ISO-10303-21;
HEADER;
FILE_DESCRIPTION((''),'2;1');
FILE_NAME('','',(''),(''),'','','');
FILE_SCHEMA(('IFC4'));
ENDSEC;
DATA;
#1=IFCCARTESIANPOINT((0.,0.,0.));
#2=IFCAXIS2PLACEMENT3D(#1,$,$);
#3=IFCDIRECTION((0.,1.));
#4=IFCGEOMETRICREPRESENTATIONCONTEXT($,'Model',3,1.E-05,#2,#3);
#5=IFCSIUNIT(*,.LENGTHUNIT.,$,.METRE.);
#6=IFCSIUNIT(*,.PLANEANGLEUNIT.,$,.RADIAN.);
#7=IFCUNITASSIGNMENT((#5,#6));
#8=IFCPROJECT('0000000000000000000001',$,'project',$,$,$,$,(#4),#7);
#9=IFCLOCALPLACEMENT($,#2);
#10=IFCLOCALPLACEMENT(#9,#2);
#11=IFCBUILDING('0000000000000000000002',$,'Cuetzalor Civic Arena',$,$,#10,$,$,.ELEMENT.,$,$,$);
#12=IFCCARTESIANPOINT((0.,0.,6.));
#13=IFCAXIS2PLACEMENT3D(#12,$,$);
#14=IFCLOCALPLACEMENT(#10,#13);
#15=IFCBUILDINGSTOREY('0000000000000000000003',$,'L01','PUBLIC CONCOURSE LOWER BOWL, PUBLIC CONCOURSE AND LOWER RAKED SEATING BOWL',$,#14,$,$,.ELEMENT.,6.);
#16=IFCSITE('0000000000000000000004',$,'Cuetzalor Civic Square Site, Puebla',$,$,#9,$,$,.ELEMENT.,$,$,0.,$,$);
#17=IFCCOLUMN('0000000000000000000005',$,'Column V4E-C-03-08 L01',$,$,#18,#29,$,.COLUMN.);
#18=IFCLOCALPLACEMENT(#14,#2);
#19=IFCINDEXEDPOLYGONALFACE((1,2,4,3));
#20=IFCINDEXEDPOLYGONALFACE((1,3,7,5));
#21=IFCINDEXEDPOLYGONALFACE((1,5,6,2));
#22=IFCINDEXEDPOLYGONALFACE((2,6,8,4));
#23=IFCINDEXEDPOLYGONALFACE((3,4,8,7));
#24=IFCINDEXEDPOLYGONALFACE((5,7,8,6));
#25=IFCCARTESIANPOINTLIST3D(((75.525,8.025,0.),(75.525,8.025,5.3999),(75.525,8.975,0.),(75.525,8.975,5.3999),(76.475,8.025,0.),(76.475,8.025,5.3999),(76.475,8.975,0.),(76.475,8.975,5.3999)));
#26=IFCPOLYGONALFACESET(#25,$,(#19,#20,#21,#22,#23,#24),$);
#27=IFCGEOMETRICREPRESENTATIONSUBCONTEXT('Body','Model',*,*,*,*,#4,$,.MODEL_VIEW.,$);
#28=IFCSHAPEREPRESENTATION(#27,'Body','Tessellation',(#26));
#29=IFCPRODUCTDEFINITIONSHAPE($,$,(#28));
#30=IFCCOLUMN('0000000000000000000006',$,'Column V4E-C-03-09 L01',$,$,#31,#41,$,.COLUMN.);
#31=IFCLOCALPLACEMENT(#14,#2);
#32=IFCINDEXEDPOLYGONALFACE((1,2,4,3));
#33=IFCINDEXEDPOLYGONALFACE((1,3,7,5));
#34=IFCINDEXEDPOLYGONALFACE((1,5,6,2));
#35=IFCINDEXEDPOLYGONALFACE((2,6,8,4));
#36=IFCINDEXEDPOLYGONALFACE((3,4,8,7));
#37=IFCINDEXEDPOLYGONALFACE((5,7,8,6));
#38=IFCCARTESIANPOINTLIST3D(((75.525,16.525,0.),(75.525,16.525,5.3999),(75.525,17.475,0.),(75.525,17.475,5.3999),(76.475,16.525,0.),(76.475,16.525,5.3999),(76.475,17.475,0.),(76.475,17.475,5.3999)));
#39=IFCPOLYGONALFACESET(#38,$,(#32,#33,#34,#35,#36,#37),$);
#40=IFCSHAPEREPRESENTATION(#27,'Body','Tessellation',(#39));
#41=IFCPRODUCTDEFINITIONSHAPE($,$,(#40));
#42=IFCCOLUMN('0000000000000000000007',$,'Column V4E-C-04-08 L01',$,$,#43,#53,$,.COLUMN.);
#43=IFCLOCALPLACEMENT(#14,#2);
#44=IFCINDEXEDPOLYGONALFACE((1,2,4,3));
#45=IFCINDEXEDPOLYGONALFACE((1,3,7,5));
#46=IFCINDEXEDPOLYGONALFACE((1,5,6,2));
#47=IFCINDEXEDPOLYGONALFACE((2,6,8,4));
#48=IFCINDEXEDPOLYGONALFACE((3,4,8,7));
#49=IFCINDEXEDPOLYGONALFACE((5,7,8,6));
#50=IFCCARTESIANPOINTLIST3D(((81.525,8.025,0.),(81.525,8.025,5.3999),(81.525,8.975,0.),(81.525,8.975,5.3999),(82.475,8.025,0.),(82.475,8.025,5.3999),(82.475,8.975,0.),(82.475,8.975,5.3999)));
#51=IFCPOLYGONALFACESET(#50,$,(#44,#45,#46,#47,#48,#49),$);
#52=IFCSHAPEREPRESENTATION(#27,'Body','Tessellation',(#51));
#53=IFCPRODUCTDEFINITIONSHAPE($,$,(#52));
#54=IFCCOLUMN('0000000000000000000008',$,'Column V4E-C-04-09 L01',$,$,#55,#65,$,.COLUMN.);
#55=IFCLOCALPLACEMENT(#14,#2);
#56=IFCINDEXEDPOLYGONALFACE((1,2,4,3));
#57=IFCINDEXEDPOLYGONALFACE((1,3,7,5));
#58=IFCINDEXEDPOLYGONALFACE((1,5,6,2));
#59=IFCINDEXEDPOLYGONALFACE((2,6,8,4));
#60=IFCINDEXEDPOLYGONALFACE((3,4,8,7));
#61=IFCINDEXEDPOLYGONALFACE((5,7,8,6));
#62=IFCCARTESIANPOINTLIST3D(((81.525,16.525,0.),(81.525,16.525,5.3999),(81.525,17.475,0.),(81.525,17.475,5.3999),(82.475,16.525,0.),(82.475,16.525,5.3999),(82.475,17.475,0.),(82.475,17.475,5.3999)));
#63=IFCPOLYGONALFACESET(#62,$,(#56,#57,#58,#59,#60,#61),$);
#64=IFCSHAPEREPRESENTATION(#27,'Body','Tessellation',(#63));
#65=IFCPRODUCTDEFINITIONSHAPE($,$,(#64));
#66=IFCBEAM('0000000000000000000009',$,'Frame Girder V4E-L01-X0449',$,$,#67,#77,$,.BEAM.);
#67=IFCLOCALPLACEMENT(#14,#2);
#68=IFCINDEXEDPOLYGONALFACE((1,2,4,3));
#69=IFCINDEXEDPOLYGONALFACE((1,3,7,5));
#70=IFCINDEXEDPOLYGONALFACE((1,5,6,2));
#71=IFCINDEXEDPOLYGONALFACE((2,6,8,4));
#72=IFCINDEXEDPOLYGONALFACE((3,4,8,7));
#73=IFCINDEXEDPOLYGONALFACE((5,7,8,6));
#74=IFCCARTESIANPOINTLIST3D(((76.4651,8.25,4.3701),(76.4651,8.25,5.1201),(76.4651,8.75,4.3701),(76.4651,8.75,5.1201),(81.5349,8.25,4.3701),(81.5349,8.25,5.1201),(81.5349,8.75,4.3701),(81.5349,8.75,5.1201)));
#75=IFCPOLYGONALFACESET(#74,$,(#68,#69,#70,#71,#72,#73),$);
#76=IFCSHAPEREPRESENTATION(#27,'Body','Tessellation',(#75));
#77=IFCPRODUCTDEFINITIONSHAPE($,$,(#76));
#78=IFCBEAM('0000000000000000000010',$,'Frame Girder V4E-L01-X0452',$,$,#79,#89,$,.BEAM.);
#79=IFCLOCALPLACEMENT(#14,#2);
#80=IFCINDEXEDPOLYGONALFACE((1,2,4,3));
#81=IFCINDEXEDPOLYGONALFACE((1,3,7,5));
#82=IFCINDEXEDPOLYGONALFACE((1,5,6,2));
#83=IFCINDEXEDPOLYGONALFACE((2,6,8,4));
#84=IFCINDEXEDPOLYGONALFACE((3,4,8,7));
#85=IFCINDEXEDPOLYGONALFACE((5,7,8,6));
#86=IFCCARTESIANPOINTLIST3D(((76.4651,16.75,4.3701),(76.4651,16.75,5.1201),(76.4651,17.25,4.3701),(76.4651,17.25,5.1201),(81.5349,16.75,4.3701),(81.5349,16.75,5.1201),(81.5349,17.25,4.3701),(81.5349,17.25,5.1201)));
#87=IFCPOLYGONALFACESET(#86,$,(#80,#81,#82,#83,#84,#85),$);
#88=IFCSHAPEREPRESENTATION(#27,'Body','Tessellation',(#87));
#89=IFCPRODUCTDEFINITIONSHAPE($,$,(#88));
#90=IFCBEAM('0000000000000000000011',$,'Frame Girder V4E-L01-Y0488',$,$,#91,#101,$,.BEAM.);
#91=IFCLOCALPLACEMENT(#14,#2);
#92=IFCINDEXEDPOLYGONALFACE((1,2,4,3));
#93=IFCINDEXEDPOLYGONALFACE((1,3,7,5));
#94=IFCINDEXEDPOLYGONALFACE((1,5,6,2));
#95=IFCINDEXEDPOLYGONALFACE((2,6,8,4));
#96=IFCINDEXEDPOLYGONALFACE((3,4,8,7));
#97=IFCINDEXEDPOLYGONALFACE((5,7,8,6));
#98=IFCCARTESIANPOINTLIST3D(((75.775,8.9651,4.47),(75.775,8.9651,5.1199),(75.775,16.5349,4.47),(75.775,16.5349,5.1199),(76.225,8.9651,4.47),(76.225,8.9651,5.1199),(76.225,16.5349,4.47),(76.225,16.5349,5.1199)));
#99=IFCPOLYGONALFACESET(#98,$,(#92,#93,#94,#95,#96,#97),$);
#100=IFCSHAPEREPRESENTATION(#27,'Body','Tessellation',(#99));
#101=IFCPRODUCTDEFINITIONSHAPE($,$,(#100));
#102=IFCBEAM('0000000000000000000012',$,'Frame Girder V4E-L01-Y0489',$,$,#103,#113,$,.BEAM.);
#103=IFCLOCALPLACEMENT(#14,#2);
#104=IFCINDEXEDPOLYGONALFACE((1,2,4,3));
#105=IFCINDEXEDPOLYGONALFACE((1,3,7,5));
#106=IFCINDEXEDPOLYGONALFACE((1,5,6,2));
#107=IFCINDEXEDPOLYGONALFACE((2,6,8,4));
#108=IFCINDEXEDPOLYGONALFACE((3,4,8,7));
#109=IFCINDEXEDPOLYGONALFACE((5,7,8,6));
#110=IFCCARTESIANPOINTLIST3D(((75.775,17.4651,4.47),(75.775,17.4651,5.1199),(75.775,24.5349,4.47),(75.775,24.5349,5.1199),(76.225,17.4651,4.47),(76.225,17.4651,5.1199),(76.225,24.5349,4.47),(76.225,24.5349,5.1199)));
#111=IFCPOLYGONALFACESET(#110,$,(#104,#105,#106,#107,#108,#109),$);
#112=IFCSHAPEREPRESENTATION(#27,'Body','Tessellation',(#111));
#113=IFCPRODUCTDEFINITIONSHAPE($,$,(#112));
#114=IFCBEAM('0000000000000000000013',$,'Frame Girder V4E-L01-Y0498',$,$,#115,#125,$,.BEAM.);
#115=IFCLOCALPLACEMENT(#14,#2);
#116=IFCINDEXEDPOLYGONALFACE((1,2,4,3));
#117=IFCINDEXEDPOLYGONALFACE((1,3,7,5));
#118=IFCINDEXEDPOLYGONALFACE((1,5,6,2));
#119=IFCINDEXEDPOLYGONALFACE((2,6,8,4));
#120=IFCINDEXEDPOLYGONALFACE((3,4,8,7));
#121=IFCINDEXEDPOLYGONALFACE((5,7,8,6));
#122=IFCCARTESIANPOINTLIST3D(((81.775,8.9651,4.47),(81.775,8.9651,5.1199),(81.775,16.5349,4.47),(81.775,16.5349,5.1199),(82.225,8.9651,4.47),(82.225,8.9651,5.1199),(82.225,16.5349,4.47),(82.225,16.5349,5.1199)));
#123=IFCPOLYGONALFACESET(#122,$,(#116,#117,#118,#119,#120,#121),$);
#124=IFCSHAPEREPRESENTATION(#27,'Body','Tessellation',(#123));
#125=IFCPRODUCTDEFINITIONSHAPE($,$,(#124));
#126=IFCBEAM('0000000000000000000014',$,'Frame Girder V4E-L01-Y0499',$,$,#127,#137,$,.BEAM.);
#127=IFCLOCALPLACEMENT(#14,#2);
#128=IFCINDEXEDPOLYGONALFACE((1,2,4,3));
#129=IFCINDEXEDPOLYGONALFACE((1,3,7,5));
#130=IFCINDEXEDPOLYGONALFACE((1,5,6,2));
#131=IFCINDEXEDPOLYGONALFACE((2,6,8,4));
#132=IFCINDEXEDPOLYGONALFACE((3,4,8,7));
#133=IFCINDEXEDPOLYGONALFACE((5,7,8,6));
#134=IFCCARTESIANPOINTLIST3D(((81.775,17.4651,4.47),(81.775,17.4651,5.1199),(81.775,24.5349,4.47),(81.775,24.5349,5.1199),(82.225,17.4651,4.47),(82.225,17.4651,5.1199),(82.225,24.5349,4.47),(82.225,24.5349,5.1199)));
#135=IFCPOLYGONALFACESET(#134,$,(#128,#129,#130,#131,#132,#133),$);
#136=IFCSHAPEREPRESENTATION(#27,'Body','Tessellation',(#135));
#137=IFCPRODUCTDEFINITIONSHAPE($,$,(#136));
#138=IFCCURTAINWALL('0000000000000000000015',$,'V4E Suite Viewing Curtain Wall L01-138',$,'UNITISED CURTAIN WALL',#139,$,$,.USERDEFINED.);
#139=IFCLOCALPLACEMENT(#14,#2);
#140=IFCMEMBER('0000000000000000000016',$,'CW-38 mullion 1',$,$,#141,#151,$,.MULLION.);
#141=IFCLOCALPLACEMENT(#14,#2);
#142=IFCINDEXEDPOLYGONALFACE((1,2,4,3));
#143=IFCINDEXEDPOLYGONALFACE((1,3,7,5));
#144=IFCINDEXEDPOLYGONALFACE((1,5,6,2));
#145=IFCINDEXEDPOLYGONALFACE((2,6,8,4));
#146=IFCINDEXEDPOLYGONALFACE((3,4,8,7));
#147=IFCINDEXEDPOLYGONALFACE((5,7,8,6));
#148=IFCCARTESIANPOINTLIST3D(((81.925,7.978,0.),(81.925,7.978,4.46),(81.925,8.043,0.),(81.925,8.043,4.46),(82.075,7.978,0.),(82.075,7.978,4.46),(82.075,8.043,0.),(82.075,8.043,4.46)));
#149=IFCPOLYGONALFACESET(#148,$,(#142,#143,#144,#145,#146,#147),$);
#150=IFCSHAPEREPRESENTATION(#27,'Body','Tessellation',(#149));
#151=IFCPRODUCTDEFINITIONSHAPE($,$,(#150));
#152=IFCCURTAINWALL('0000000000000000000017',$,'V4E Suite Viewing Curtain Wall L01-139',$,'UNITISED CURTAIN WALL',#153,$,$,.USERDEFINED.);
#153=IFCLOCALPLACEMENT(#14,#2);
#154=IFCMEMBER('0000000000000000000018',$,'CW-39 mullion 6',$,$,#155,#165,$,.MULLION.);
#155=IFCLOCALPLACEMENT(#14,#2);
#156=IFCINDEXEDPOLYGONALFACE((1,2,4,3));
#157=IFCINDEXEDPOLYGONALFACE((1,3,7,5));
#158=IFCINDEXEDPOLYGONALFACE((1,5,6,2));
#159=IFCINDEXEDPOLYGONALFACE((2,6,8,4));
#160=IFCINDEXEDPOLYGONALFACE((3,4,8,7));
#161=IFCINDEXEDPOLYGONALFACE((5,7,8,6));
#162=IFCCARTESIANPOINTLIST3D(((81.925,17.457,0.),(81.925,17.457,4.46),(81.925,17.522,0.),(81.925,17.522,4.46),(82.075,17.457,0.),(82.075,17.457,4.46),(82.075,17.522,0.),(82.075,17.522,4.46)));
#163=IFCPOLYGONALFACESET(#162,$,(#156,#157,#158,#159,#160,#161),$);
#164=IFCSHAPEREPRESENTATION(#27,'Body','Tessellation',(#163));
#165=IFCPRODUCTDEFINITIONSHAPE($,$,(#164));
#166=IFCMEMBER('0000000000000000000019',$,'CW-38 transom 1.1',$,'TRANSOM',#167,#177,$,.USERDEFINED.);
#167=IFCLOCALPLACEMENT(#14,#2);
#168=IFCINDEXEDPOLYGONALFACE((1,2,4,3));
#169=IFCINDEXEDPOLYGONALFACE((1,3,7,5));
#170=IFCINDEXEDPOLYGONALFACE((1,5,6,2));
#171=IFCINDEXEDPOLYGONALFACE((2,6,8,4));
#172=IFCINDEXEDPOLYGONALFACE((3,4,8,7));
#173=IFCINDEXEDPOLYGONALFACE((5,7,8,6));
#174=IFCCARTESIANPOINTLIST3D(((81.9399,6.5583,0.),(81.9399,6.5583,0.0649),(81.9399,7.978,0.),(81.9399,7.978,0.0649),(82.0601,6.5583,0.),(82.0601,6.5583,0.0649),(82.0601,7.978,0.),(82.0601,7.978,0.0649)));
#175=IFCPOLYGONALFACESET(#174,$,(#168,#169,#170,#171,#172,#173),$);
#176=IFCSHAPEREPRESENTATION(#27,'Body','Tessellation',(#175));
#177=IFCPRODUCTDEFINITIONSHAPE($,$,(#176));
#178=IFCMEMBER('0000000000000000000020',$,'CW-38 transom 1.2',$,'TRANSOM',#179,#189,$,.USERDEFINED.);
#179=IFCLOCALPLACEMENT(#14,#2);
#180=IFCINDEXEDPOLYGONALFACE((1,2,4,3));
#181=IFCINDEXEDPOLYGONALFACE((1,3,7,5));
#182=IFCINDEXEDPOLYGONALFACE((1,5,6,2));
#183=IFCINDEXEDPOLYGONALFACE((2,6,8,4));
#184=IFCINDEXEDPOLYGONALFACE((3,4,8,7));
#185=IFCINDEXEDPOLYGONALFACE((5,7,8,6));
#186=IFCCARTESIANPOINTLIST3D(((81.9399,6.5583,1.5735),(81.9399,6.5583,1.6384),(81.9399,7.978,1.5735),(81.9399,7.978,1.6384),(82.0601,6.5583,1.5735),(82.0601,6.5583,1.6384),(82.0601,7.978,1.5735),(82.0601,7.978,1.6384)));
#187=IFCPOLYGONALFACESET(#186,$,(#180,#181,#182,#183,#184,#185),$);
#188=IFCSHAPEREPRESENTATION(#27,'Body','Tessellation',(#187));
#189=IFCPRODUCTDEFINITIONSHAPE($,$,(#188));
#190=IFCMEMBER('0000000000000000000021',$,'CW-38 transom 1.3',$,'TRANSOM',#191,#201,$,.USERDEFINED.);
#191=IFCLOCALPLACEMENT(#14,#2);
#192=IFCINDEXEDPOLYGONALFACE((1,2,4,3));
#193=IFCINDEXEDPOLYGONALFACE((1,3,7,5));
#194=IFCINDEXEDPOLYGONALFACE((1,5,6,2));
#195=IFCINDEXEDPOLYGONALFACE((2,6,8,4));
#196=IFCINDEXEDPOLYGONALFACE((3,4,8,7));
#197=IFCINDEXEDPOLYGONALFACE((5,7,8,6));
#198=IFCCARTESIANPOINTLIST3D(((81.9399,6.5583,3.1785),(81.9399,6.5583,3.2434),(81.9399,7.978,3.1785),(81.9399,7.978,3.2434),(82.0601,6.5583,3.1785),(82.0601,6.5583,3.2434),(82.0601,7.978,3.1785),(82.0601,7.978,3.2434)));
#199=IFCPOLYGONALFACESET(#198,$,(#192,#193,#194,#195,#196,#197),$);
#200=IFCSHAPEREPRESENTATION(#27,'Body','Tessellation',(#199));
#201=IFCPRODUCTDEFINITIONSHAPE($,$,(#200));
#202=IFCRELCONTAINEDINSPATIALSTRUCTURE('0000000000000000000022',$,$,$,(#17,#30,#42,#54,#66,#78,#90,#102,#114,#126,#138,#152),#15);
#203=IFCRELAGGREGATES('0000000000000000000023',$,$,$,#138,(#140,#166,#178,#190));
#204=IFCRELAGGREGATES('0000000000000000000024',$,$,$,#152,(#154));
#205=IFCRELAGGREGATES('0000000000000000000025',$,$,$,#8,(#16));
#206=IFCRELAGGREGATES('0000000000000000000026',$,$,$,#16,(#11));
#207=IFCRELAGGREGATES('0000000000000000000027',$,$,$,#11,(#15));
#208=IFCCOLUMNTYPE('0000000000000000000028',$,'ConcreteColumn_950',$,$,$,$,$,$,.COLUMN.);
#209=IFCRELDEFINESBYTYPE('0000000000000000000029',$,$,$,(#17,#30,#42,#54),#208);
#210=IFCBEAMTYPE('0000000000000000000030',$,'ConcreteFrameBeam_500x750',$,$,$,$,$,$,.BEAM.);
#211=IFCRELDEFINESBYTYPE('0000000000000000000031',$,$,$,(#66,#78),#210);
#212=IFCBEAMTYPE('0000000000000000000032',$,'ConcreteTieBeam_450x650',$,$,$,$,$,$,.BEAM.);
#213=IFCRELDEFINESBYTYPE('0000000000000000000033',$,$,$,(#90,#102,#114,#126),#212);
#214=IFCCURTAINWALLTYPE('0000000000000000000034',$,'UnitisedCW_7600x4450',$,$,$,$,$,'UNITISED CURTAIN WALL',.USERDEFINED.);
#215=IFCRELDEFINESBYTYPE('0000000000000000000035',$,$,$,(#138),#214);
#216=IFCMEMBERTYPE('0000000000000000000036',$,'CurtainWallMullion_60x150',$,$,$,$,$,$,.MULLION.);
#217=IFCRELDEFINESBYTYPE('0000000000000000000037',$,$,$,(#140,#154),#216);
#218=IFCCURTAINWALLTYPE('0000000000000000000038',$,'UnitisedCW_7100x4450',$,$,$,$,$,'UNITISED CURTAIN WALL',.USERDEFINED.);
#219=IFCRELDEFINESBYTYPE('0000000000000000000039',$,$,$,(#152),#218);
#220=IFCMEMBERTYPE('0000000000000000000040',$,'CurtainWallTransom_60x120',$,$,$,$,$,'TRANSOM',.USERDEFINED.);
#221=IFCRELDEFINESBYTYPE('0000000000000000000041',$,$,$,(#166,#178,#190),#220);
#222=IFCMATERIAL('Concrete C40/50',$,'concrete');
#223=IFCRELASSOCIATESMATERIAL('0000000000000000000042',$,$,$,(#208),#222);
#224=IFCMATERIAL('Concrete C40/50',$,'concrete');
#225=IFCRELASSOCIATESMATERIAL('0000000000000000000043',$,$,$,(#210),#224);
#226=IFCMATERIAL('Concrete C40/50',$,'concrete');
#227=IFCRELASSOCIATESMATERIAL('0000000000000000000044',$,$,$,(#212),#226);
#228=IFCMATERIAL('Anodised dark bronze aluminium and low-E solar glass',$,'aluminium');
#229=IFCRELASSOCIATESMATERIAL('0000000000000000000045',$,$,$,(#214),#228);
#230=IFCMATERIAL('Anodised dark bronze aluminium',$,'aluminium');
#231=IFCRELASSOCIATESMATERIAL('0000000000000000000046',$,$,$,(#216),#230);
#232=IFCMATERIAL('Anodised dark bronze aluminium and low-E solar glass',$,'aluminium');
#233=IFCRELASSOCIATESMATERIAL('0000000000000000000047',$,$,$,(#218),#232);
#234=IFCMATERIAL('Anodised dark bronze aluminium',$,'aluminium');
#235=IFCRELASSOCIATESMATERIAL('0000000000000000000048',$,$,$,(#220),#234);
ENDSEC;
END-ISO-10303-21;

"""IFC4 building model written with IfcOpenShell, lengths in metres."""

from ifc_helpers import new_model, si_unit, direction, frame, origin, origin_2d, place, context, subcontext, project, spatial, rectangle, extrude, material, material_profile, profile_set, type_object, element, aggregate, save


model = new_model("IFC4")

# Units and contexts
model_context = context("Model", 3, precision=1e-05, world=origin(), true_north=direction((0.0, 1.0)))
body_context = subcontext(model_context, "Body", "Model", "MODEL_VIEW")
ifc_project = project(units=[si_unit("LENGTHUNIT", "METRE"), si_unit("PLANEANGLEUNIT", "RADIAN")], contexts=[model_context])

# Site, building, storey
site_placement = place(None, origin())
site = spatial("IfcSite", under=ifc_project, at=site_placement, Name="Cuetzalor Civic Square Site, Puebla", CompositionType="ELEMENT", RefElevation=0.0)
building_placement = place(site_placement, origin())
building = spatial("IfcBuilding", under=site, at=building_placement, Name="Cuetzalor Civic Arena", CompositionType="ELEMENT")
storey_placement = place(building_placement, frame((0.0, 0.0, 6.0)))
storey = spatial("IfcBuildingStorey", under=building, at=storey_placement, Name="L01", Description="PUBLIC CONCOURSE LOWER BOWL, PUBLIC CONCOURSE AND LOWER RAKED SEATING BOWL", CompositionType="ELEMENT", Elevation=6.0)

# Columns
ifc_material_1 = material(Name="Concrete C40/50", Category="concrete")
ifc_material_profile_1 = material_profile(ifc_material_1, rectangle(XDim=0.95, YDim=0.95, at=origin_2d()), Name="RC 950x950")
ifc_profile_set_1 = profile_set([ifc_material_profile_1], Name="Concrete C40/50")
column_type = type_object("IfcColumnType", Name="ConcreteColumn_950", PredefinedType="COLUMN", material=ifc_profile_set_1)
for number, where, z_axis, x_axis, name in (
    (1, (76.0, 8.5, 0.0), (0.0, 0.0, 1.0), (1.0, 0.0, 0.0), "Column V4E-C-03-08 L01"),
    (2, (76.0, 17.0, 0.0), (0.0, 0.0, 1.0), (1.0, 0.0, 0.0), "Column V4E-C-03-09 L01"),
    (3, (82.0, 8.5, 0.0), (0.0, 0.0, 1.0), (1.0, 0.0, 0.0), "Column V4E-C-04-08 L01"),
    (4, (82.0, 17.0, 0.0), (0.0, 0.0, 1.0), (1.0, 0.0, 0.0), "Column V4E-C-04-09 L01"),
):
    element("IfcColumn", number, at=place(storey_placement, frame(where, z_axis=z_axis, x_axis=x_axis)), inside=storey, type_object=column_type, Name=name, PredefinedType="COLUMN", context=body_context, shape_type="SweptSolid", body=[
        extrude(rectangle(XDim=0.95, YDim=0.95, at=origin_2d()), origin(), (0.0, 0.0, 1.0), 5.3999),
    ])

# Beams
ifc_material_2 = material(Name="Concrete C40/50", Category="concrete")
ifc_material_profile_2 = material_profile(ifc_material_2, rectangle(XDim=0.5, YDim=0.75, at=origin_2d()), Name="RC 500x750")
ifc_profile_set_2 = profile_set([ifc_material_profile_2], Name="Concrete C40/50")
beam_type_1 = type_object("IfcBeamType", Name="ConcreteFrameBeam_500x750", PredefinedType="BEAM", material=ifc_profile_set_2)
for number, where, z_axis, x_axis, name in (
    (5, (76.4651, 8.5, 4.7451), (1.0, 0.0, 0.0), (0.0, 1.0, 0.0), "Frame Girder V4E-L01-X0449"),
    (6, (76.4651, 17.0, 4.7451), (1.0, 0.0, 0.0), (0.0, 1.0, 0.0), "Frame Girder V4E-L01-X0452"),
):
    element("IfcBeam", number, at=place(storey_placement, frame(where, z_axis=z_axis, x_axis=x_axis)), inside=storey, type_object=beam_type_1, Name=name, PredefinedType="BEAM", context=body_context, shape_type="SweptSolid", body=[
        extrude(rectangle(XDim=0.5, YDim=0.75, at=origin_2d()), origin(), (0.0, 0.0, 1.0), 5.0698),
    ])
ifc_material_3 = material(Name="Concrete C40/50", Category="concrete")
ifc_material_profile_3 = material_profile(ifc_material_3, rectangle(XDim=0.45, YDim=0.6499, at=origin_2d()), Name="RC 450x650")
ifc_profile_set_3 = profile_set([ifc_material_profile_3], Name="Concrete C40/50")
beam_type_2 = type_object("IfcBeamType", Name="ConcreteTieBeam_450x650", PredefinedType="BEAM", material=ifc_profile_set_3)
beam_1_placement = place(storey_placement, frame((76.0, 8.9651, 4.7949), z_axis=(0.0, 1.0, 0.0), x_axis=(-1.0, 0.0, 0.0)))
element("IfcBeam", 7, at=beam_1_placement, inside=storey, type_object=beam_type_2, Name="Frame Girder V4E-L01-Y0488", PredefinedType="BEAM", context=body_context, shape_type="SweptSolid", body=[
    extrude(rectangle(XDim=0.45, YDim=0.6499, at=origin_2d()), origin(), (0.0, 0.0, 1.0), 7.5698),
])
beam_2_placement = place(storey_placement, frame((76.0, 17.4651, 4.7949), z_axis=(0.0, 1.0, 0.0), x_axis=(-1.0, 0.0, 0.0)))
element("IfcBeam", 8, at=beam_2_placement, inside=storey, type_object=beam_type_2, Name="Frame Girder V4E-L01-Y0489", PredefinedType="BEAM", context=body_context, shape_type="SweptSolid", body=[
    extrude(rectangle(XDim=0.45, YDim=0.6499, at=origin_2d()), origin(), (0.0, 0.0, 1.0), 7.0698),
])
beam_3_placement = place(storey_placement, frame((82.0, 8.9651, 4.7949), z_axis=(0.0, 1.0, 0.0), x_axis=(-1.0, 0.0, 0.0)))
element("IfcBeam", 9, at=beam_3_placement, inside=storey, type_object=beam_type_2, Name="Frame Girder V4E-L01-Y0498", PredefinedType="BEAM", context=body_context, shape_type="SweptSolid", body=[
    extrude(rectangle(XDim=0.45, YDim=0.6499, at=origin_2d()), origin(), (0.0, 0.0, 1.0), 7.5698),
])
beam_4_placement = place(storey_placement, frame((82.0, 17.4651, 4.7949), z_axis=(0.0, 1.0, 0.0), x_axis=(-1.0, 0.0, 0.0)))
element("IfcBeam", 10, at=beam_4_placement, inside=storey, type_object=beam_type_2, Name="Frame Girder V4E-L01-Y0499", PredefinedType="BEAM", context=body_context, shape_type="SweptSolid", body=[
    extrude(rectangle(XDim=0.45, YDim=0.6499, at=origin_2d()), origin(), (0.0, 0.0, 1.0), 7.0698),
])

# Curtain walls, members
ifc_material_4 = material(Name="Anodised dark bronze aluminium and low-E solar glass", Category="aluminium")
curtain_wall_type_1 = type_object("IfcCurtainWallType", Name="UnitisedCW_7600x4450", ElementType="UNITISED CURTAIN WALL", PredefinedType="USERDEFINED", material=ifc_material_4)
curtain_wall_1_placement = place(storey_placement, origin())
curtain_wall_1 = element("IfcCurtainWall", 11, at=curtain_wall_1_placement, inside=storey, type_object=curtain_wall_type_1, Name="V4E Suite Viewing Curtain Wall L01-138", ObjectType="UNITISED CURTAIN WALL", PredefinedType="USERDEFINED")
ifc_material_5 = material(Name="Anodised dark bronze aluminium", Category="aluminium")
ifc_material_profile_4 = material_profile(ifc_material_5, rectangle(XDim=0.0649, YDim=0.1499, at=origin_2d()), Name="ALU MULLION 65x150")
ifc_profile_set_4 = profile_set([ifc_material_profile_4], Name="Anodised dark bronze aluminium")
member_type_1 = type_object("IfcMemberType", Name="CurtainWallMullion_60x150", PredefinedType="MULLION", material=ifc_profile_set_4)
member_1_placement = place(storey_placement, frame((82.0, 8.0105, 0.0), z_axis=(0.0, 0.0, 1.0), x_axis=(0.0, -1.0, 0.0)))
member_1 = element("IfcMember", 12, at=member_1_placement, type_object=member_type_1, Name="CW-38 mullion 1", PredefinedType="MULLION", context=body_context, shape_type="SweptSolid", body=[
    extrude(rectangle(XDim=0.0649, YDim=0.1499, at=origin_2d()), origin(), (0.0, 0.0, 1.0), 4.46),
])
ifc_material_6 = material(Name="Anodised dark bronze aluminium and low-E solar glass", Category="aluminium")
curtain_wall_type_2 = type_object("IfcCurtainWallType", Name="UnitisedCW_7100x4450", ElementType="UNITISED CURTAIN WALL", PredefinedType="USERDEFINED", material=ifc_material_6)
curtain_wall_2_placement = place(storey_placement, origin())
curtain_wall_2 = element("IfcCurtainWall", 13, at=curtain_wall_2_placement, inside=storey, type_object=curtain_wall_type_2, Name="V4E Suite Viewing Curtain Wall L01-139", ObjectType="UNITISED CURTAIN WALL", PredefinedType="USERDEFINED")
member_2_placement = place(storey_placement, frame((82.0, 17.4895, 0.0), z_axis=(0.0, 0.0, 1.0), x_axis=(0.0, -1.0, 0.0)))
member_2 = element("IfcMember", 14, at=member_2_placement, type_object=member_type_1, Name="CW-39 mullion 6", PredefinedType="MULLION", context=body_context, shape_type="SweptSolid", body=[
    extrude(rectangle(XDim=0.0649, YDim=0.1499, at=origin_2d()), origin(), (0.0, 0.0, 1.0), 4.46),
])

# Members
ifc_material_7 = material(Name="Anodised dark bronze aluminium", Category="aluminium")
ifc_material_profile_5 = material_profile(ifc_material_7, rectangle(XDim=0.1201, YDim=0.0649, at=origin_2d()), Name="ALU TRANSOM 65x120")
ifc_profile_set_5 = profile_set([ifc_material_profile_5], Name="Anodised dark bronze aluminium")
member_type_2 = type_object("IfcMemberType", Name="CurtainWallTransom_60x120", ElementType="TRANSOM", PredefinedType="USERDEFINED", material=ifc_profile_set_5)
member_3_placement = place(storey_placement, frame((82.0, 7.978, 0.0325), z_axis=(0.0, -1.0, 0.0), x_axis=(1.0, 0.0, 0.0)))
member_3 = element("IfcMember", 15, at=member_3_placement, type_object=member_type_2, Name="CW-38 transom 1.1", ObjectType="TRANSOM", PredefinedType="USERDEFINED", context=body_context, shape_type="SweptSolid", body=[
    extrude(rectangle(XDim=0.1201, YDim=0.0649, at=origin_2d()), origin(), (0.0, 0.0, 1.0), 1.4197),
])
member_4_placement = place(storey_placement, frame((82.0, 7.978, 1.606), z_axis=(0.0, -1.0, 0.0), x_axis=(1.0, 0.0, 0.0)))
member_4 = element("IfcMember", 16, at=member_4_placement, type_object=member_type_2, Name="CW-38 transom 1.2", ObjectType="TRANSOM", PredefinedType="USERDEFINED", context=body_context, shape_type="SweptSolid", body=[
    extrude(rectangle(XDim=0.1201, YDim=0.0649, at=origin_2d()), origin(), (0.0, 0.0, 1.0), 1.4197),
])
member_5_placement = place(storey_placement, frame((82.0, 7.978, 3.2109), z_axis=(0.0, -1.0, 0.0), x_axis=(1.0, 0.0, 0.0)))
member_5 = element("IfcMember", 17, at=member_5_placement, type_object=member_type_2, Name="CW-38 transom 1.3", ObjectType="TRANSOM", PredefinedType="USERDEFINED", context=body_context, shape_type="SweptSolid", body=[
    extrude(rectangle(XDim=0.1201, YDim=0.0649, at=origin_2d()), origin(), (0.0, 0.0, 1.0), 1.4197),
])
aggregate(curtain_wall_1, [member_1, member_3, member_4, member_5])

aggregate(curtain_wall_2, [member_2])

save(model, "model.ifc")
